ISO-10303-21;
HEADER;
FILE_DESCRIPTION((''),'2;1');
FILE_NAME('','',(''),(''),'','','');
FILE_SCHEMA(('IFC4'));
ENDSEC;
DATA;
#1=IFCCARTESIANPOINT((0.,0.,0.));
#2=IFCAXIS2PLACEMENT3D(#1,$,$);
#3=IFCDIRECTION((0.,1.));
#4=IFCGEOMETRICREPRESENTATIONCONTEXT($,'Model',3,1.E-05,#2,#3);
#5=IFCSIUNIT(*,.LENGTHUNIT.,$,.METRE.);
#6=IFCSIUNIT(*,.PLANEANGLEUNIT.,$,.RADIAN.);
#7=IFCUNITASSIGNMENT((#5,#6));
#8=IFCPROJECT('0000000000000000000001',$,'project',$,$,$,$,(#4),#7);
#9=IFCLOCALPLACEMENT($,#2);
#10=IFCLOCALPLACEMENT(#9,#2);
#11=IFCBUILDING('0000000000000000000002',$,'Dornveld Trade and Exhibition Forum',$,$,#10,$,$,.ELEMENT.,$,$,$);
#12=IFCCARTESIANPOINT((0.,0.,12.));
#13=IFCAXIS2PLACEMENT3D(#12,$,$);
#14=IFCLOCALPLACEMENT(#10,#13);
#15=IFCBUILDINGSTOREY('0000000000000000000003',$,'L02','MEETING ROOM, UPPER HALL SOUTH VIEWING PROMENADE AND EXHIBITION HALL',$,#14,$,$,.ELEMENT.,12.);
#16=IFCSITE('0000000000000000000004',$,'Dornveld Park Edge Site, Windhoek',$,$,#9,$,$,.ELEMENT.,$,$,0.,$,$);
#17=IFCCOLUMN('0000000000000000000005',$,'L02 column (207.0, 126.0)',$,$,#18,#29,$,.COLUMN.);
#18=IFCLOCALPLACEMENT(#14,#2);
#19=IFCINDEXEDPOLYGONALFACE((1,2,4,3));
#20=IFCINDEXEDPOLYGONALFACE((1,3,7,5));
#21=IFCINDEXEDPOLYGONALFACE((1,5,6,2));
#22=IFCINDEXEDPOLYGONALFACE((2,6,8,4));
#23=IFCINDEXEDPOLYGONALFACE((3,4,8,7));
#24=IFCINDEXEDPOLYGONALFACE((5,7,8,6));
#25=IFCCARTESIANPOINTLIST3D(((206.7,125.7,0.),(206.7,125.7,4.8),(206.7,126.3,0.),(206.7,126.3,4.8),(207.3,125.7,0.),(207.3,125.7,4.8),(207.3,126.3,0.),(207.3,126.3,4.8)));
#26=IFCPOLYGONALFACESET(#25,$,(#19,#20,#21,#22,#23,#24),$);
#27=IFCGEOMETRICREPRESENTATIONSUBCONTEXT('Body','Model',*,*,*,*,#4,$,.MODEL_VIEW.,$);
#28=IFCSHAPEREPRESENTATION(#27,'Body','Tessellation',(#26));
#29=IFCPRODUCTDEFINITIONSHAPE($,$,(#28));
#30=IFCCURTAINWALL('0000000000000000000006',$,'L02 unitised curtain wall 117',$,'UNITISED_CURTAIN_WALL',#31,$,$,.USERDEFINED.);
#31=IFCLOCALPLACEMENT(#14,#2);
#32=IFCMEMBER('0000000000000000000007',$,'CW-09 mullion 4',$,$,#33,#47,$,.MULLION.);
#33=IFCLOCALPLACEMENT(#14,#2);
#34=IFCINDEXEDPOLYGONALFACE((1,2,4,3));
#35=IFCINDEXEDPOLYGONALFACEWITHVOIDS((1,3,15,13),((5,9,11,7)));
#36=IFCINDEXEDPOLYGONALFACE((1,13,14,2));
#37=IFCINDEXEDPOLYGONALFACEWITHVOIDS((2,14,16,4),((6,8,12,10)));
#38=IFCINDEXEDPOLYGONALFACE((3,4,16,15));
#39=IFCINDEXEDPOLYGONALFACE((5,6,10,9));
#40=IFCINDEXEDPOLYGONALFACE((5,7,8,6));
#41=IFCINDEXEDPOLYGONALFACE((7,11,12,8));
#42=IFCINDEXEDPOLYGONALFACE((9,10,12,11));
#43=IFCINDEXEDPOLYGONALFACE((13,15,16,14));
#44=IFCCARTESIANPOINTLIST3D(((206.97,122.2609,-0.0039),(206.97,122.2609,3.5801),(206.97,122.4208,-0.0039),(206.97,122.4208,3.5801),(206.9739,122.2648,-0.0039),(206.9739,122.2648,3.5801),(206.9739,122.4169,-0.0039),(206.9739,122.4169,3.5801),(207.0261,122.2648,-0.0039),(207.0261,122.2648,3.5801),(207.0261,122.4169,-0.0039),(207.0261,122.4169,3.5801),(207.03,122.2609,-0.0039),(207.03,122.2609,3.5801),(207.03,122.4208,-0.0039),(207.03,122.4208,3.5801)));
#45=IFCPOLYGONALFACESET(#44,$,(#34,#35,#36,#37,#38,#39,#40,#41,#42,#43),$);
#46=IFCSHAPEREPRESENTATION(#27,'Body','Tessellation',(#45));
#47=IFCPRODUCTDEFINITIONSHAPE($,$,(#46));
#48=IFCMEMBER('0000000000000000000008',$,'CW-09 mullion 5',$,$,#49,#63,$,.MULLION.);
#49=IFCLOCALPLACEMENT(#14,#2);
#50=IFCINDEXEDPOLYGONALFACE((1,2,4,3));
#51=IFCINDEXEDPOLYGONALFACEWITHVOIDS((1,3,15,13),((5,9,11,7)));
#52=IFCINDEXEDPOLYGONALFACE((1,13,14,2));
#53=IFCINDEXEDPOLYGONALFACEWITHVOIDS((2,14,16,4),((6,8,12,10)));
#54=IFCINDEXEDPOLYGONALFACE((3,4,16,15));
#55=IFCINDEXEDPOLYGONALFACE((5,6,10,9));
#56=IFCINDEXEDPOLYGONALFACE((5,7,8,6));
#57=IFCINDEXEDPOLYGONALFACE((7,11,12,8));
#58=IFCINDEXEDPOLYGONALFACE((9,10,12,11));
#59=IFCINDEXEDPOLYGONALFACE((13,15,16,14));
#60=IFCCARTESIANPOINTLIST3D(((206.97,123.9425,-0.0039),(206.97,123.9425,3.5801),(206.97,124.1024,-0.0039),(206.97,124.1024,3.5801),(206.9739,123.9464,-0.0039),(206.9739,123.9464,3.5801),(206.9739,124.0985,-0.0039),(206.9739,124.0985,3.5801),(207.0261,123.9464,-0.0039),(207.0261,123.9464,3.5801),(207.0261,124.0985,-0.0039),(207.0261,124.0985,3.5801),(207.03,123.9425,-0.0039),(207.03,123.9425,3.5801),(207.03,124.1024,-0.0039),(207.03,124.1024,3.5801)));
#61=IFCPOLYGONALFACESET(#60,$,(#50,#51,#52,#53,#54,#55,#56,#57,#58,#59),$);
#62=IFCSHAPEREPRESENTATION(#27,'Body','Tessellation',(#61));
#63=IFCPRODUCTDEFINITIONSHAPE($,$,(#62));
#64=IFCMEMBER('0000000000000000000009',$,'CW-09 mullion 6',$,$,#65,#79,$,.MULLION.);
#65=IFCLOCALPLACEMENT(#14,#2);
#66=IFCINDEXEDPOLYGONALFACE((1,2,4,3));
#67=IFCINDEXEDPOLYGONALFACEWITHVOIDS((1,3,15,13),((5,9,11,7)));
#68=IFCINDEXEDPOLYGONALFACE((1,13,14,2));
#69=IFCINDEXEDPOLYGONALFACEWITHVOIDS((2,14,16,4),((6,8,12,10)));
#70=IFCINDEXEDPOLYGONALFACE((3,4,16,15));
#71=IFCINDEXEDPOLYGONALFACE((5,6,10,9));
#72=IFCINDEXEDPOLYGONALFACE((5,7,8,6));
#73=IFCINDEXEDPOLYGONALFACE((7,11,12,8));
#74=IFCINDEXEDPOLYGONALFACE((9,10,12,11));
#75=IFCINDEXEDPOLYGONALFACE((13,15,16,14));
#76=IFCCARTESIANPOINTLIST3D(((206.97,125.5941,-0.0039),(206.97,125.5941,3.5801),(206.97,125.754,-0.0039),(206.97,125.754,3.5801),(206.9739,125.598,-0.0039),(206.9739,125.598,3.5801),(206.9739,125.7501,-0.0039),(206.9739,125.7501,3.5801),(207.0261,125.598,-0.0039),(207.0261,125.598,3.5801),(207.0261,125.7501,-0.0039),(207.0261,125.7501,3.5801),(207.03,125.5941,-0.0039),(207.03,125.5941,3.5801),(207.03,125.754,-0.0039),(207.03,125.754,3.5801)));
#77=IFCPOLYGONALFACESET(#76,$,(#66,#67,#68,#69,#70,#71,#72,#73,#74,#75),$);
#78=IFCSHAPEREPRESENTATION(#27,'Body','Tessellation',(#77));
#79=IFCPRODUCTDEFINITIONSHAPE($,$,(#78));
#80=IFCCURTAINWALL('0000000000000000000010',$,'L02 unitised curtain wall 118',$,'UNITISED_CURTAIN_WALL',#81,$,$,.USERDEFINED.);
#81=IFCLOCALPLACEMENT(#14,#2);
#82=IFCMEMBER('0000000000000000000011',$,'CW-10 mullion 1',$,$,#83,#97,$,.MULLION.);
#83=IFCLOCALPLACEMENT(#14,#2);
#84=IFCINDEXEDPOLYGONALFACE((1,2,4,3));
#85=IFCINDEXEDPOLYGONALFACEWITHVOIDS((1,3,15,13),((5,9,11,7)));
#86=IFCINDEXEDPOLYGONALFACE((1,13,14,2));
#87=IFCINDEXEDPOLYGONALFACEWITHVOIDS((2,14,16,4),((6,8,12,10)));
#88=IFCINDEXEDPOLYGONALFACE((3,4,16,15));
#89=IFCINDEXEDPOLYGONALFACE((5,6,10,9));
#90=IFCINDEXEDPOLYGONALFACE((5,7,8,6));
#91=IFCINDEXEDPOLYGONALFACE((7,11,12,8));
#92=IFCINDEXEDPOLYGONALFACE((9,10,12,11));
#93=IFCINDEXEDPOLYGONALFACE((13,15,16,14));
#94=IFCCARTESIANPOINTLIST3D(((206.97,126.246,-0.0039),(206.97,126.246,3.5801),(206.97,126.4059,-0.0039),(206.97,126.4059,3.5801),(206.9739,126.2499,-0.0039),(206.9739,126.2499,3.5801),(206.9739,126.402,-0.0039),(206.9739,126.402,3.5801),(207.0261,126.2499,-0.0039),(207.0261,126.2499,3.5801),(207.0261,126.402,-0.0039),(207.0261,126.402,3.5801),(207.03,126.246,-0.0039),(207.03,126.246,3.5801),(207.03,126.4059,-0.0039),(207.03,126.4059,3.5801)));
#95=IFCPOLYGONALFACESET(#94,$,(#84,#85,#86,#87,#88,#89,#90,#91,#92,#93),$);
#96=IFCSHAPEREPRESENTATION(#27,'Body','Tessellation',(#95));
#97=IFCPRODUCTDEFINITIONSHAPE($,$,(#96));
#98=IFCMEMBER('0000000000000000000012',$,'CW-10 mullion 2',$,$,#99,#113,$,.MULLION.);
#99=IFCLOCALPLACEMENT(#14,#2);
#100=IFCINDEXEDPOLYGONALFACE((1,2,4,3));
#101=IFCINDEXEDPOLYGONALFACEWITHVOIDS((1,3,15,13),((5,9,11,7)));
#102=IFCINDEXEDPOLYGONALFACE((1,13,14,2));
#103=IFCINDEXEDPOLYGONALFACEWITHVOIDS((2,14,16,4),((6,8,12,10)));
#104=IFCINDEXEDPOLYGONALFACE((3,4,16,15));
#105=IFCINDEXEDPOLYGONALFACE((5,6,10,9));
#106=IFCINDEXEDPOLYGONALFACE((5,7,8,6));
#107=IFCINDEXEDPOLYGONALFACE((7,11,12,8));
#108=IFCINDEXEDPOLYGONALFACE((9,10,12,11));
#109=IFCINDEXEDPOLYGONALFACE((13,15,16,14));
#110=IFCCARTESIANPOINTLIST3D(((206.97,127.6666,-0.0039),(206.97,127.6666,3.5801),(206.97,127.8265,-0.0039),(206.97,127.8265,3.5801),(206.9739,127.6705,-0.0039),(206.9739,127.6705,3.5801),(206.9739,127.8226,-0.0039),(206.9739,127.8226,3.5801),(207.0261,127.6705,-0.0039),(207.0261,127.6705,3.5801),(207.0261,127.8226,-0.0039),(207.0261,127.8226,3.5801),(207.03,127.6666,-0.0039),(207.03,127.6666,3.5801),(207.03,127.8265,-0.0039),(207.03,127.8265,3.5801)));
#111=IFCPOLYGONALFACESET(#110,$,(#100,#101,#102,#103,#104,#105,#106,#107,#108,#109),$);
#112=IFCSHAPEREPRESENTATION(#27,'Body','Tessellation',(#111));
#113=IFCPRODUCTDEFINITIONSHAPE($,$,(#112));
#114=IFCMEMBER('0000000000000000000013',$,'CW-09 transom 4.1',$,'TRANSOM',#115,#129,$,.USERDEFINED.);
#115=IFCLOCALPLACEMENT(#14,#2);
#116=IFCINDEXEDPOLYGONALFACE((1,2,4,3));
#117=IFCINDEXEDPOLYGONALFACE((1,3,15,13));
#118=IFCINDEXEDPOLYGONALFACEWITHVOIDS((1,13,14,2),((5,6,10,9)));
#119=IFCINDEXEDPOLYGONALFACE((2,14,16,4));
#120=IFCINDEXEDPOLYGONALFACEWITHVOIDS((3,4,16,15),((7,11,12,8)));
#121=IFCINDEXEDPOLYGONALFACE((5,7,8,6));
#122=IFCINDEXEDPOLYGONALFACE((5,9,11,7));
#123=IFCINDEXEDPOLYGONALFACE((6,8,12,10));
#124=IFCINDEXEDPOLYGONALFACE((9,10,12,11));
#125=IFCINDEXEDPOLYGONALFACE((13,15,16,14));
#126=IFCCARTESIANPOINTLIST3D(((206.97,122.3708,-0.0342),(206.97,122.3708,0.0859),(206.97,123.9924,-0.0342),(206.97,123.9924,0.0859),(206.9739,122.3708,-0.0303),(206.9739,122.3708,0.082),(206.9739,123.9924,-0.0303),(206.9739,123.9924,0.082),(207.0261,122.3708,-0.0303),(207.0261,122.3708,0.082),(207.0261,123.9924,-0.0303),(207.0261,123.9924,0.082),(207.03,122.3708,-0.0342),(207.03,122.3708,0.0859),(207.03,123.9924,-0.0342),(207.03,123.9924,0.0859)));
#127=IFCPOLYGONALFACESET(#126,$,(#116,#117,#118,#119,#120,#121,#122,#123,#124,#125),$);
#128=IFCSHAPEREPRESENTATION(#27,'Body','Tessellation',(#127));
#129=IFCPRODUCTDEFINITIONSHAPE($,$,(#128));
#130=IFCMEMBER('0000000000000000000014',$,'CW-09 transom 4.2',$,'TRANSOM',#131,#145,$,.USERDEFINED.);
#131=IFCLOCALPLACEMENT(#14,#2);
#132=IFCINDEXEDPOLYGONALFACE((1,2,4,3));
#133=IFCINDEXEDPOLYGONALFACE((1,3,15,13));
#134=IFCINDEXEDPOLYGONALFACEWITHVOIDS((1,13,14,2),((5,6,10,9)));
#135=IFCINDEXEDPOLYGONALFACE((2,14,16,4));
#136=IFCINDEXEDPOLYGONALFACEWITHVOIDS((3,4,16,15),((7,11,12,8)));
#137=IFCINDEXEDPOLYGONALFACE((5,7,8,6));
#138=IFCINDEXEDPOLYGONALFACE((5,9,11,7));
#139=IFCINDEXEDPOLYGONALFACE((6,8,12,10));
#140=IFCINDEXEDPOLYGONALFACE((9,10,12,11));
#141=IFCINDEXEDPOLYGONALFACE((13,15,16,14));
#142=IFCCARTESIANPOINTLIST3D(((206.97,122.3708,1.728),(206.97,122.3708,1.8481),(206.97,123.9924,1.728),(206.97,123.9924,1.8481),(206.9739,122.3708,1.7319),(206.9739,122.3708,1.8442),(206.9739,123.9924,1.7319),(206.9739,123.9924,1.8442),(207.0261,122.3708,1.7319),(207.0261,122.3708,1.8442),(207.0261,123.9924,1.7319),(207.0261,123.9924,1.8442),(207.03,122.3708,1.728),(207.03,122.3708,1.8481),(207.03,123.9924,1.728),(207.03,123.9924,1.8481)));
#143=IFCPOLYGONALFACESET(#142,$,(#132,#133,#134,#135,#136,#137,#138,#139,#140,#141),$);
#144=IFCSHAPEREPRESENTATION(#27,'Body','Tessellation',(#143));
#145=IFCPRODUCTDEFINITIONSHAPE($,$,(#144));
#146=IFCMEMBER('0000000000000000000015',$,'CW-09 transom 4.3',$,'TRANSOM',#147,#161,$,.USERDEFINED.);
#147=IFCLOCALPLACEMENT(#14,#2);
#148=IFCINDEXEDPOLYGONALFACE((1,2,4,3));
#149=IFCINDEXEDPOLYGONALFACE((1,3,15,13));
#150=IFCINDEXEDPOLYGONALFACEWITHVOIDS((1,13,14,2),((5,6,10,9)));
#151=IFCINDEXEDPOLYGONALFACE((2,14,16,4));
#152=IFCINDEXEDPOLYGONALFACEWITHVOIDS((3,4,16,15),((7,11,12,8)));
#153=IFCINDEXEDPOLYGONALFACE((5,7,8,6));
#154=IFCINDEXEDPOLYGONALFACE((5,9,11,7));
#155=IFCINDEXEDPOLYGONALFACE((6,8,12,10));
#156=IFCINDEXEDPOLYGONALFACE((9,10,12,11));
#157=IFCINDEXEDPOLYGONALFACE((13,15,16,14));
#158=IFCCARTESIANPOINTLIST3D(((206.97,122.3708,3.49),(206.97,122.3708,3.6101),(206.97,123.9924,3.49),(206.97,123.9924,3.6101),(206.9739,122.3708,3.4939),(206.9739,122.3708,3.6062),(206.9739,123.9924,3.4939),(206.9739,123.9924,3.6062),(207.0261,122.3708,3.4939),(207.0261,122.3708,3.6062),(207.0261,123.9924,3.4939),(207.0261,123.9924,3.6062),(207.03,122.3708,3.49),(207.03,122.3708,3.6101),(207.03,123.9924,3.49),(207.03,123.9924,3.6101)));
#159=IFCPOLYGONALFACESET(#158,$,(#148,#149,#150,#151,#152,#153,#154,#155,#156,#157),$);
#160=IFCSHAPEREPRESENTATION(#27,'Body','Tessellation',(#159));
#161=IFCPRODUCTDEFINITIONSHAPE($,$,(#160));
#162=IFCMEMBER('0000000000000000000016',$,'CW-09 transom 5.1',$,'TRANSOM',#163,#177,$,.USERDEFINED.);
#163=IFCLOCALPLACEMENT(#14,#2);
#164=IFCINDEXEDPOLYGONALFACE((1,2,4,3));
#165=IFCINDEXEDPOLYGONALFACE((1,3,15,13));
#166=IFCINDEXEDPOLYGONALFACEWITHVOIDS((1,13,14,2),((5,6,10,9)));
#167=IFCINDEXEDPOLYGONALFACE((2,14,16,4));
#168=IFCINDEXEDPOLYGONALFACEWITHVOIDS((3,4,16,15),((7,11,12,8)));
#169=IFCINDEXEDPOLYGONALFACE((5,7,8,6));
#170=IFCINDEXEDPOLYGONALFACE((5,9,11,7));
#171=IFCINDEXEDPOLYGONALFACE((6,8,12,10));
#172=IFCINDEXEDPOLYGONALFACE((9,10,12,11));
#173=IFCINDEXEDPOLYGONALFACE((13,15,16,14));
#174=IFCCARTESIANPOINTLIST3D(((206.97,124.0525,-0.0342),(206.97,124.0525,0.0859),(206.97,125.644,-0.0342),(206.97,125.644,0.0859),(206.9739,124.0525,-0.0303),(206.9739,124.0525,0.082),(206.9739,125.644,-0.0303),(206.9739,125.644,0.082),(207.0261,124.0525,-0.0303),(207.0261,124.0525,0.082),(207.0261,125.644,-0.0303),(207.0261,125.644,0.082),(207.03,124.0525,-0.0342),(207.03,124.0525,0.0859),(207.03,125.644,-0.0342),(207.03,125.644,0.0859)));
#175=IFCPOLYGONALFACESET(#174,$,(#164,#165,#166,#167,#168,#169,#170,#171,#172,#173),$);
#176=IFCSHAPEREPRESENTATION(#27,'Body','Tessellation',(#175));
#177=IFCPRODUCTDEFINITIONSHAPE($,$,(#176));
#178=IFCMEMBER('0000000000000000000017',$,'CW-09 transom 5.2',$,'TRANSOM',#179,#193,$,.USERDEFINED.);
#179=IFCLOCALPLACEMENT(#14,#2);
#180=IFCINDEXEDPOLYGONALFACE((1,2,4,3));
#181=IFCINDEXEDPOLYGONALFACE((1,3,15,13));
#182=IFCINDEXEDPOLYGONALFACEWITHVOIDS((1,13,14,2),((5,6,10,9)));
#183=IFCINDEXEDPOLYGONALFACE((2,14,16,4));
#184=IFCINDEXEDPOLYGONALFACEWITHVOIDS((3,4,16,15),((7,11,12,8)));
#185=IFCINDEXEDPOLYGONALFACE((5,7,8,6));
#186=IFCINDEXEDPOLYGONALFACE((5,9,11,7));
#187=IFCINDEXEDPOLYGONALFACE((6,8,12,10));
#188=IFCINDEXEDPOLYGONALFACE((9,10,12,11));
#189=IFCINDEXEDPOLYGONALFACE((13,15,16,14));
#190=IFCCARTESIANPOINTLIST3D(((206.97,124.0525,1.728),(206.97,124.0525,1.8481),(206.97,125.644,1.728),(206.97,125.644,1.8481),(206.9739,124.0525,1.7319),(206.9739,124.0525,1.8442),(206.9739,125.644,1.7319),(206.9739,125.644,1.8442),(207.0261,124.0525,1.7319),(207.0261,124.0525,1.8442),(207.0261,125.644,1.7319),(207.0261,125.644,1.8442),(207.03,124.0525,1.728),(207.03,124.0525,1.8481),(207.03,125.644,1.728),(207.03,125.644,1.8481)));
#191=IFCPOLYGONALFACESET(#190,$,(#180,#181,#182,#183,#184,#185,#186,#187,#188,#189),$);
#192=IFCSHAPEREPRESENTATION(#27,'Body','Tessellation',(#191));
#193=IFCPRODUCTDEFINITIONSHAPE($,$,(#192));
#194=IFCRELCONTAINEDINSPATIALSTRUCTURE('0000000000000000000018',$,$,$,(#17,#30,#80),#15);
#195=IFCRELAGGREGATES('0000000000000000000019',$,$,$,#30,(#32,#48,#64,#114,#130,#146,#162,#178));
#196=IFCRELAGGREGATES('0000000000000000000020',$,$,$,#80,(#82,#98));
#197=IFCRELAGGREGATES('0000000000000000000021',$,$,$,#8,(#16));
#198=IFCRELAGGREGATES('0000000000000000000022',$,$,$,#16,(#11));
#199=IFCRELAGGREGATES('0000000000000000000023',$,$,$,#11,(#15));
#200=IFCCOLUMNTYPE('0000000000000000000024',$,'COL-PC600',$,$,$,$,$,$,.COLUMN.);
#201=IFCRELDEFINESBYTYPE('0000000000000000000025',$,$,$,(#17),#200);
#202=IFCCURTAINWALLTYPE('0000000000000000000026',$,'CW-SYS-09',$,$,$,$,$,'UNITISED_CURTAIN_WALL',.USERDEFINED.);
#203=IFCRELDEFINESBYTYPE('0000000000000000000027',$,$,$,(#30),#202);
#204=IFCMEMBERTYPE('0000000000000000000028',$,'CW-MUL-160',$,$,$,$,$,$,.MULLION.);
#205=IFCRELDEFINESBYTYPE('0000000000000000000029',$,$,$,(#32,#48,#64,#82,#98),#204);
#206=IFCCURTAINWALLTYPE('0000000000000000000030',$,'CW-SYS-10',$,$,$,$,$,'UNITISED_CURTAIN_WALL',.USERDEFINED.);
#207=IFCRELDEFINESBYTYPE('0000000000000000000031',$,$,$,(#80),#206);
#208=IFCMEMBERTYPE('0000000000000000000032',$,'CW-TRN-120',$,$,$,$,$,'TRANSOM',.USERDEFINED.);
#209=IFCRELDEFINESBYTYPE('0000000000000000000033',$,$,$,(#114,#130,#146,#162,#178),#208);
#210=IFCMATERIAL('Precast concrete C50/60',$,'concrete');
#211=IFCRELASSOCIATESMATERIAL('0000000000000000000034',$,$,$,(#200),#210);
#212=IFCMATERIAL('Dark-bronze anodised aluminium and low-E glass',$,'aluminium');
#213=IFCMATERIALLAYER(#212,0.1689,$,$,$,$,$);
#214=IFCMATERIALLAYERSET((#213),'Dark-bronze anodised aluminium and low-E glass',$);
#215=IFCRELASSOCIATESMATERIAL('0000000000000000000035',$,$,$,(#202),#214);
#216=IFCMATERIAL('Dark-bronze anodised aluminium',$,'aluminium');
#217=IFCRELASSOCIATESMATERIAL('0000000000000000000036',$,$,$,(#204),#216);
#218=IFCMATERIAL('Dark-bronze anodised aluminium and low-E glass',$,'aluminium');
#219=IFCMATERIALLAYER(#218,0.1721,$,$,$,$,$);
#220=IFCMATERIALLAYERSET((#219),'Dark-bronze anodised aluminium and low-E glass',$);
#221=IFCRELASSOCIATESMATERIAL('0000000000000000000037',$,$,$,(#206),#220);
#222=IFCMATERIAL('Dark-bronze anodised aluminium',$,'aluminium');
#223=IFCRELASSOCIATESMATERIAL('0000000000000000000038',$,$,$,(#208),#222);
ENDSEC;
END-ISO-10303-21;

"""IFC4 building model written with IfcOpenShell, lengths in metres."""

from ifc_helpers import new_model, si_unit, direction, frame, origin, origin_2d, place, context, subcontext, project, spatial, rectangle, hollow_rectangle, extrude, material, layer, layer_set, material_profile, profile_set, type_object, element, aggregate, save


model = new_model("IFC4")

# Units and contexts
model_context = context("Model", 3, precision=1e-05, world=origin(), true_north=direction((0.0, 1.0)))
body_context = subcontext(model_context, "Body", "Model", "MODEL_VIEW")
ifc_project = project(units=[si_unit("LENGTHUNIT", "METRE"), si_unit("PLANEANGLEUNIT", "RADIAN")], contexts=[model_context])

# Site, building, storey
site_placement = place(None, origin())
site = spatial("IfcSite", under=ifc_project, at=site_placement, Name="Dornveld Park Edge Site, Windhoek", CompositionType="ELEMENT", RefElevation=0.0)
building_placement = place(site_placement, origin())
building = spatial("IfcBuilding", under=site, at=building_placement, Name="Dornveld Trade and Exhibition Forum", CompositionType="ELEMENT")
storey_placement = place(building_placement, frame((0.0, 0.0, 12.0)))
storey = spatial("IfcBuildingStorey", under=building, at=storey_placement, Name="L02", Description="MEETING ROOM, UPPER HALL SOUTH VIEWING PROMENADE AND EXHIBITION HALL", CompositionType="ELEMENT", Elevation=12.0)

# Column
ifc_material_1 = material(Name="Precast concrete C50/60", Category="concrete")
ifc_material_profile_1 = material_profile(ifc_material_1, rectangle(XDim=0.6001, YDim=0.6001, at=origin_2d()), Name="PC-COL 600x600")
ifc_profile_set_1 = profile_set([ifc_material_profile_1], Name="Precast concrete C50/60")
column_type = type_object("IfcColumnType", Name="COL-PC600", PredefinedType="COLUMN", material=ifc_profile_set_1)
column_placement = place(storey_placement, frame((207.0, 126.0, 0.0), z_axis=(0.0, 0.0, 1.0), x_axis=(1.0, 0.0, 0.0)))
element("IfcColumn", 1, at=column_placement, inside=storey, type_object=column_type, Name="L02 column (207.0, 126.0)", PredefinedType="COLUMN", context=body_context, shape_type="SweptSolid", body=[
    extrude(rectangle(XDim=0.6001, YDim=0.6001, at=origin_2d()), origin(), (0.0, 0.0, 1.0), 4.8),
])

# Curtain walls, members
ifc_material_2 = material(Name="Dark-bronze anodised aluminium and low-E glass", Category="aluminium")
ifc_layer_1 = layer(ifc_material_2, 0.1689)
ifc_layer_set_1 = layer_set([ifc_layer_1], Name="Dark-bronze anodised aluminium and low-E glass")
curtain_wall_type_1 = type_object("IfcCurtainWallType", Name="CW-SYS-09", ElementType="UNITISED_CURTAIN_WALL", PredefinedType="USERDEFINED", material=ifc_layer_set_1)
curtain_wall_1_placement = place(storey_placement, origin())
curtain_wall_1 = element("IfcCurtainWall", 2, at=curtain_wall_1_placement, inside=storey, type_object=curtain_wall_type_1, Name="L02 unitised curtain wall 117", ObjectType="UNITISED_CURTAIN_WALL", PredefinedType="USERDEFINED")
ifc_material_3 = material(Name="Dark-bronze anodised aluminium", Category="aluminium")
ifc_material_profile_2 = material_profile(ifc_material_3, hollow_rectangle(XDim=0.0601, YDim=0.1599, WallThickness=0.0039, at=origin_2d()), Name="RHS 160x60x4")
ifc_profile_set_2 = profile_set([ifc_material_profile_2], Name="Dark-bronze anodised aluminium")
member_type_1 = type_object("IfcMemberType", Name="CW-MUL-160", PredefinedType="MULLION", material=ifc_profile_set_2)
member_1_placement = place(storey_placement, frame((207.0, 122.3408, -0.0039), z_axis=(0.0, 0.0, 1.0), x_axis=(-1.0, 0.0, 0.0)))
member_1 = element("IfcMember", 3, at=member_1_placement, type_object=member_type_1, Name="CW-09 mullion 4", PredefinedType="MULLION", context=body_context, shape_type="SweptSolid", body=[
    extrude(hollow_rectangle(XDim=0.0601, YDim=0.1599, WallThickness=0.0039, at=origin_2d()), origin(), (0.0, 0.0, 1.0), 3.584),
])
member_2_placement = place(storey_placement, frame((207.0, 124.0225, -0.0039), z_axis=(0.0, 0.0, 1.0), x_axis=(-1.0, 0.0, 0.0)))
member_2 = element("IfcMember", 4, at=member_2_placement, type_object=member_type_1, Name="CW-09 mullion 5", PredefinedType="MULLION", context=body_context, shape_type="SweptSolid", body=[
    extrude(hollow_rectangle(XDim=0.0601, YDim=0.1599, WallThickness=0.0039, at=origin_2d()), origin(), (0.0, 0.0, 1.0), 3.584),
])
member_3_placement = place(storey_placement, frame((207.0, 125.6741, -0.0039), z_axis=(0.0, 0.0, 1.0), x_axis=(-1.0, 0.0, 0.0)))
member_3 = element("IfcMember", 5, at=member_3_placement, type_object=member_type_1, Name="CW-09 mullion 6", PredefinedType="MULLION", context=body_context, shape_type="SweptSolid", body=[
    extrude(hollow_rectangle(XDim=0.0601, YDim=0.1599, WallThickness=0.0039, at=origin_2d()), origin(), (0.0, 0.0, 1.0), 3.584),
])
ifc_material_4 = material(Name="Dark-bronze anodised aluminium and low-E glass", Category="aluminium")
ifc_layer_2 = layer(ifc_material_4, 0.1721)
ifc_layer_set_2 = layer_set([ifc_layer_2], Name="Dark-bronze anodised aluminium and low-E glass")
curtain_wall_type_2 = type_object("IfcCurtainWallType", Name="CW-SYS-10", ElementType="UNITISED_CURTAIN_WALL", PredefinedType="USERDEFINED", material=ifc_layer_set_2)
curtain_wall_2_placement = place(storey_placement, origin())
curtain_wall_2 = element("IfcCurtainWall", 6, at=curtain_wall_2_placement, inside=storey, type_object=curtain_wall_type_2, Name="L02 unitised curtain wall 118", ObjectType="UNITISED_CURTAIN_WALL", PredefinedType="USERDEFINED")
member_4_placement = place(storey_placement, frame((207.0, 126.3259, -0.0039), z_axis=(0.0, 0.0, 1.0), x_axis=(-1.0, 0.0, 0.0)))
member_4 = element("IfcMember", 7, at=member_4_placement, type_object=member_type_1, Name="CW-10 mullion 1", PredefinedType="MULLION", context=body_context, shape_type="SweptSolid", body=[
    extrude(hollow_rectangle(XDim=0.0601, YDim=0.1599, WallThickness=0.0039, at=origin_2d()), origin(), (0.0, 0.0, 1.0), 3.584),
])
member_5_placement = place(storey_placement, frame((207.0, 127.7466, -0.0039), z_axis=(0.0, 0.0, 1.0), x_axis=(-1.0, 0.0, 0.0)))
member_5 = element("IfcMember", 8, at=member_5_placement, type_object=member_type_1, Name="CW-10 mullion 2", PredefinedType="MULLION", context=body_context, shape_type="SweptSolid", body=[
    extrude(hollow_rectangle(XDim=0.0601, YDim=0.1599, WallThickness=0.0039, at=origin_2d()), origin(), (0.0, 0.0, 1.0), 3.584),
])

# Members
ifc_material_5 = material(Name="Dark-bronze anodised aluminium", Category="aluminium")
ifc_material_profile_3 = material_profile(ifc_material_5, hollow_rectangle(XDim=0.0601, YDim=0.1201, WallThickness=0.0039, at=origin_2d()), Name="RHS 120x60x4")
ifc_profile_set_3 = profile_set([ifc_material_profile_3], Name="Dark-bronze anodised aluminium")
member_type_2 = type_object("IfcMemberType", Name="CW-TRN-120", ElementType="TRANSOM", PredefinedType="USERDEFINED", material=ifc_profile_set_3)
member_6_placement = place(storey_placement, frame((207.0, 122.3708, 0.0259), z_axis=(0.0, 1.0, 0.0), x_axis=(-1.0, 0.0, 0.0)))
member_6 = element("IfcMember", 9, at=member_6_placement, type_object=member_type_2, Name="CW-09 transom 4.1", ObjectType="TRANSOM", PredefinedType="USERDEFINED", context=body_context, shape_type="SweptSolid", body=[
    extrude(hollow_rectangle(XDim=0.0601, YDim=0.1201, WallThickness=0.0039, at=origin_2d()), origin(), (0.0, 0.0, 1.0), 1.6216),
])
member_7_placement = place(storey_placement, frame((207.0, 122.3708, 1.7881), z_axis=(0.0, 1.0, 0.0), x_axis=(-1.0, 0.0, 0.0)))
member_7 = element("IfcMember", 10, at=member_7_placement, type_object=member_type_2, Name="CW-09 transom 4.2", ObjectType="TRANSOM", PredefinedType="USERDEFINED", context=body_context, shape_type="SweptSolid", body=[
    extrude(hollow_rectangle(XDim=0.0601, YDim=0.1201, WallThickness=0.0039, at=origin_2d()), origin(), (0.0, 0.0, 1.0), 1.6216),
])
member_8_placement = place(storey_placement, frame((207.0, 122.3708, 3.55), z_axis=(0.0, 1.0, 0.0), x_axis=(-1.0, 0.0, 0.0)))
member_8 = element("IfcMember", 11, at=member_8_placement, type_object=member_type_2, Name="CW-09 transom 4.3", ObjectType="TRANSOM", PredefinedType="USERDEFINED", context=body_context, shape_type="SweptSolid", body=[
    extrude(hollow_rectangle(XDim=0.0601, YDim=0.1201, WallThickness=0.0039, at=origin_2d()), origin(), (0.0, 0.0, 1.0), 1.6216),
])
member_9_placement = place(storey_placement, frame((207.0, 124.0525, 0.0259), z_axis=(0.0, 1.0, 0.0), x_axis=(-1.0, 0.0, 0.0)))
member_9 = element("IfcMember", 12, at=member_9_placement, type_object=member_type_2, Name="CW-09 transom 5.1", ObjectType="TRANSOM", PredefinedType="USERDEFINED", context=body_context, shape_type="SweptSolid", body=[
    extrude(hollow_rectangle(XDim=0.0601, YDim=0.1201, WallThickness=0.0039, at=origin_2d()), origin(), (0.0, 0.0, 1.0), 1.5916),
])
member_10_placement = place(storey_placement, frame((207.0, 124.0525, 1.7881), z_axis=(0.0, 1.0, 0.0), x_axis=(-1.0, 0.0, 0.0)))
member_10 = element("IfcMember", 13, at=member_10_placement, type_object=member_type_2, Name="CW-09 transom 5.2", ObjectType="TRANSOM", PredefinedType="USERDEFINED", context=body_context, shape_type="SweptSolid", body=[
    extrude(hollow_rectangle(XDim=0.0601, YDim=0.1201, WallThickness=0.0039, at=origin_2d()), origin(), (0.0, 0.0, 1.0), 1.5916),
])

aggregate(curtain_wall_1, [member_1, member_2, member_3, member_6, member_7, member_8, member_9, member_10])
aggregate(curtain_wall_2, [member_4, member_5])

save(model, "model.ifc")
